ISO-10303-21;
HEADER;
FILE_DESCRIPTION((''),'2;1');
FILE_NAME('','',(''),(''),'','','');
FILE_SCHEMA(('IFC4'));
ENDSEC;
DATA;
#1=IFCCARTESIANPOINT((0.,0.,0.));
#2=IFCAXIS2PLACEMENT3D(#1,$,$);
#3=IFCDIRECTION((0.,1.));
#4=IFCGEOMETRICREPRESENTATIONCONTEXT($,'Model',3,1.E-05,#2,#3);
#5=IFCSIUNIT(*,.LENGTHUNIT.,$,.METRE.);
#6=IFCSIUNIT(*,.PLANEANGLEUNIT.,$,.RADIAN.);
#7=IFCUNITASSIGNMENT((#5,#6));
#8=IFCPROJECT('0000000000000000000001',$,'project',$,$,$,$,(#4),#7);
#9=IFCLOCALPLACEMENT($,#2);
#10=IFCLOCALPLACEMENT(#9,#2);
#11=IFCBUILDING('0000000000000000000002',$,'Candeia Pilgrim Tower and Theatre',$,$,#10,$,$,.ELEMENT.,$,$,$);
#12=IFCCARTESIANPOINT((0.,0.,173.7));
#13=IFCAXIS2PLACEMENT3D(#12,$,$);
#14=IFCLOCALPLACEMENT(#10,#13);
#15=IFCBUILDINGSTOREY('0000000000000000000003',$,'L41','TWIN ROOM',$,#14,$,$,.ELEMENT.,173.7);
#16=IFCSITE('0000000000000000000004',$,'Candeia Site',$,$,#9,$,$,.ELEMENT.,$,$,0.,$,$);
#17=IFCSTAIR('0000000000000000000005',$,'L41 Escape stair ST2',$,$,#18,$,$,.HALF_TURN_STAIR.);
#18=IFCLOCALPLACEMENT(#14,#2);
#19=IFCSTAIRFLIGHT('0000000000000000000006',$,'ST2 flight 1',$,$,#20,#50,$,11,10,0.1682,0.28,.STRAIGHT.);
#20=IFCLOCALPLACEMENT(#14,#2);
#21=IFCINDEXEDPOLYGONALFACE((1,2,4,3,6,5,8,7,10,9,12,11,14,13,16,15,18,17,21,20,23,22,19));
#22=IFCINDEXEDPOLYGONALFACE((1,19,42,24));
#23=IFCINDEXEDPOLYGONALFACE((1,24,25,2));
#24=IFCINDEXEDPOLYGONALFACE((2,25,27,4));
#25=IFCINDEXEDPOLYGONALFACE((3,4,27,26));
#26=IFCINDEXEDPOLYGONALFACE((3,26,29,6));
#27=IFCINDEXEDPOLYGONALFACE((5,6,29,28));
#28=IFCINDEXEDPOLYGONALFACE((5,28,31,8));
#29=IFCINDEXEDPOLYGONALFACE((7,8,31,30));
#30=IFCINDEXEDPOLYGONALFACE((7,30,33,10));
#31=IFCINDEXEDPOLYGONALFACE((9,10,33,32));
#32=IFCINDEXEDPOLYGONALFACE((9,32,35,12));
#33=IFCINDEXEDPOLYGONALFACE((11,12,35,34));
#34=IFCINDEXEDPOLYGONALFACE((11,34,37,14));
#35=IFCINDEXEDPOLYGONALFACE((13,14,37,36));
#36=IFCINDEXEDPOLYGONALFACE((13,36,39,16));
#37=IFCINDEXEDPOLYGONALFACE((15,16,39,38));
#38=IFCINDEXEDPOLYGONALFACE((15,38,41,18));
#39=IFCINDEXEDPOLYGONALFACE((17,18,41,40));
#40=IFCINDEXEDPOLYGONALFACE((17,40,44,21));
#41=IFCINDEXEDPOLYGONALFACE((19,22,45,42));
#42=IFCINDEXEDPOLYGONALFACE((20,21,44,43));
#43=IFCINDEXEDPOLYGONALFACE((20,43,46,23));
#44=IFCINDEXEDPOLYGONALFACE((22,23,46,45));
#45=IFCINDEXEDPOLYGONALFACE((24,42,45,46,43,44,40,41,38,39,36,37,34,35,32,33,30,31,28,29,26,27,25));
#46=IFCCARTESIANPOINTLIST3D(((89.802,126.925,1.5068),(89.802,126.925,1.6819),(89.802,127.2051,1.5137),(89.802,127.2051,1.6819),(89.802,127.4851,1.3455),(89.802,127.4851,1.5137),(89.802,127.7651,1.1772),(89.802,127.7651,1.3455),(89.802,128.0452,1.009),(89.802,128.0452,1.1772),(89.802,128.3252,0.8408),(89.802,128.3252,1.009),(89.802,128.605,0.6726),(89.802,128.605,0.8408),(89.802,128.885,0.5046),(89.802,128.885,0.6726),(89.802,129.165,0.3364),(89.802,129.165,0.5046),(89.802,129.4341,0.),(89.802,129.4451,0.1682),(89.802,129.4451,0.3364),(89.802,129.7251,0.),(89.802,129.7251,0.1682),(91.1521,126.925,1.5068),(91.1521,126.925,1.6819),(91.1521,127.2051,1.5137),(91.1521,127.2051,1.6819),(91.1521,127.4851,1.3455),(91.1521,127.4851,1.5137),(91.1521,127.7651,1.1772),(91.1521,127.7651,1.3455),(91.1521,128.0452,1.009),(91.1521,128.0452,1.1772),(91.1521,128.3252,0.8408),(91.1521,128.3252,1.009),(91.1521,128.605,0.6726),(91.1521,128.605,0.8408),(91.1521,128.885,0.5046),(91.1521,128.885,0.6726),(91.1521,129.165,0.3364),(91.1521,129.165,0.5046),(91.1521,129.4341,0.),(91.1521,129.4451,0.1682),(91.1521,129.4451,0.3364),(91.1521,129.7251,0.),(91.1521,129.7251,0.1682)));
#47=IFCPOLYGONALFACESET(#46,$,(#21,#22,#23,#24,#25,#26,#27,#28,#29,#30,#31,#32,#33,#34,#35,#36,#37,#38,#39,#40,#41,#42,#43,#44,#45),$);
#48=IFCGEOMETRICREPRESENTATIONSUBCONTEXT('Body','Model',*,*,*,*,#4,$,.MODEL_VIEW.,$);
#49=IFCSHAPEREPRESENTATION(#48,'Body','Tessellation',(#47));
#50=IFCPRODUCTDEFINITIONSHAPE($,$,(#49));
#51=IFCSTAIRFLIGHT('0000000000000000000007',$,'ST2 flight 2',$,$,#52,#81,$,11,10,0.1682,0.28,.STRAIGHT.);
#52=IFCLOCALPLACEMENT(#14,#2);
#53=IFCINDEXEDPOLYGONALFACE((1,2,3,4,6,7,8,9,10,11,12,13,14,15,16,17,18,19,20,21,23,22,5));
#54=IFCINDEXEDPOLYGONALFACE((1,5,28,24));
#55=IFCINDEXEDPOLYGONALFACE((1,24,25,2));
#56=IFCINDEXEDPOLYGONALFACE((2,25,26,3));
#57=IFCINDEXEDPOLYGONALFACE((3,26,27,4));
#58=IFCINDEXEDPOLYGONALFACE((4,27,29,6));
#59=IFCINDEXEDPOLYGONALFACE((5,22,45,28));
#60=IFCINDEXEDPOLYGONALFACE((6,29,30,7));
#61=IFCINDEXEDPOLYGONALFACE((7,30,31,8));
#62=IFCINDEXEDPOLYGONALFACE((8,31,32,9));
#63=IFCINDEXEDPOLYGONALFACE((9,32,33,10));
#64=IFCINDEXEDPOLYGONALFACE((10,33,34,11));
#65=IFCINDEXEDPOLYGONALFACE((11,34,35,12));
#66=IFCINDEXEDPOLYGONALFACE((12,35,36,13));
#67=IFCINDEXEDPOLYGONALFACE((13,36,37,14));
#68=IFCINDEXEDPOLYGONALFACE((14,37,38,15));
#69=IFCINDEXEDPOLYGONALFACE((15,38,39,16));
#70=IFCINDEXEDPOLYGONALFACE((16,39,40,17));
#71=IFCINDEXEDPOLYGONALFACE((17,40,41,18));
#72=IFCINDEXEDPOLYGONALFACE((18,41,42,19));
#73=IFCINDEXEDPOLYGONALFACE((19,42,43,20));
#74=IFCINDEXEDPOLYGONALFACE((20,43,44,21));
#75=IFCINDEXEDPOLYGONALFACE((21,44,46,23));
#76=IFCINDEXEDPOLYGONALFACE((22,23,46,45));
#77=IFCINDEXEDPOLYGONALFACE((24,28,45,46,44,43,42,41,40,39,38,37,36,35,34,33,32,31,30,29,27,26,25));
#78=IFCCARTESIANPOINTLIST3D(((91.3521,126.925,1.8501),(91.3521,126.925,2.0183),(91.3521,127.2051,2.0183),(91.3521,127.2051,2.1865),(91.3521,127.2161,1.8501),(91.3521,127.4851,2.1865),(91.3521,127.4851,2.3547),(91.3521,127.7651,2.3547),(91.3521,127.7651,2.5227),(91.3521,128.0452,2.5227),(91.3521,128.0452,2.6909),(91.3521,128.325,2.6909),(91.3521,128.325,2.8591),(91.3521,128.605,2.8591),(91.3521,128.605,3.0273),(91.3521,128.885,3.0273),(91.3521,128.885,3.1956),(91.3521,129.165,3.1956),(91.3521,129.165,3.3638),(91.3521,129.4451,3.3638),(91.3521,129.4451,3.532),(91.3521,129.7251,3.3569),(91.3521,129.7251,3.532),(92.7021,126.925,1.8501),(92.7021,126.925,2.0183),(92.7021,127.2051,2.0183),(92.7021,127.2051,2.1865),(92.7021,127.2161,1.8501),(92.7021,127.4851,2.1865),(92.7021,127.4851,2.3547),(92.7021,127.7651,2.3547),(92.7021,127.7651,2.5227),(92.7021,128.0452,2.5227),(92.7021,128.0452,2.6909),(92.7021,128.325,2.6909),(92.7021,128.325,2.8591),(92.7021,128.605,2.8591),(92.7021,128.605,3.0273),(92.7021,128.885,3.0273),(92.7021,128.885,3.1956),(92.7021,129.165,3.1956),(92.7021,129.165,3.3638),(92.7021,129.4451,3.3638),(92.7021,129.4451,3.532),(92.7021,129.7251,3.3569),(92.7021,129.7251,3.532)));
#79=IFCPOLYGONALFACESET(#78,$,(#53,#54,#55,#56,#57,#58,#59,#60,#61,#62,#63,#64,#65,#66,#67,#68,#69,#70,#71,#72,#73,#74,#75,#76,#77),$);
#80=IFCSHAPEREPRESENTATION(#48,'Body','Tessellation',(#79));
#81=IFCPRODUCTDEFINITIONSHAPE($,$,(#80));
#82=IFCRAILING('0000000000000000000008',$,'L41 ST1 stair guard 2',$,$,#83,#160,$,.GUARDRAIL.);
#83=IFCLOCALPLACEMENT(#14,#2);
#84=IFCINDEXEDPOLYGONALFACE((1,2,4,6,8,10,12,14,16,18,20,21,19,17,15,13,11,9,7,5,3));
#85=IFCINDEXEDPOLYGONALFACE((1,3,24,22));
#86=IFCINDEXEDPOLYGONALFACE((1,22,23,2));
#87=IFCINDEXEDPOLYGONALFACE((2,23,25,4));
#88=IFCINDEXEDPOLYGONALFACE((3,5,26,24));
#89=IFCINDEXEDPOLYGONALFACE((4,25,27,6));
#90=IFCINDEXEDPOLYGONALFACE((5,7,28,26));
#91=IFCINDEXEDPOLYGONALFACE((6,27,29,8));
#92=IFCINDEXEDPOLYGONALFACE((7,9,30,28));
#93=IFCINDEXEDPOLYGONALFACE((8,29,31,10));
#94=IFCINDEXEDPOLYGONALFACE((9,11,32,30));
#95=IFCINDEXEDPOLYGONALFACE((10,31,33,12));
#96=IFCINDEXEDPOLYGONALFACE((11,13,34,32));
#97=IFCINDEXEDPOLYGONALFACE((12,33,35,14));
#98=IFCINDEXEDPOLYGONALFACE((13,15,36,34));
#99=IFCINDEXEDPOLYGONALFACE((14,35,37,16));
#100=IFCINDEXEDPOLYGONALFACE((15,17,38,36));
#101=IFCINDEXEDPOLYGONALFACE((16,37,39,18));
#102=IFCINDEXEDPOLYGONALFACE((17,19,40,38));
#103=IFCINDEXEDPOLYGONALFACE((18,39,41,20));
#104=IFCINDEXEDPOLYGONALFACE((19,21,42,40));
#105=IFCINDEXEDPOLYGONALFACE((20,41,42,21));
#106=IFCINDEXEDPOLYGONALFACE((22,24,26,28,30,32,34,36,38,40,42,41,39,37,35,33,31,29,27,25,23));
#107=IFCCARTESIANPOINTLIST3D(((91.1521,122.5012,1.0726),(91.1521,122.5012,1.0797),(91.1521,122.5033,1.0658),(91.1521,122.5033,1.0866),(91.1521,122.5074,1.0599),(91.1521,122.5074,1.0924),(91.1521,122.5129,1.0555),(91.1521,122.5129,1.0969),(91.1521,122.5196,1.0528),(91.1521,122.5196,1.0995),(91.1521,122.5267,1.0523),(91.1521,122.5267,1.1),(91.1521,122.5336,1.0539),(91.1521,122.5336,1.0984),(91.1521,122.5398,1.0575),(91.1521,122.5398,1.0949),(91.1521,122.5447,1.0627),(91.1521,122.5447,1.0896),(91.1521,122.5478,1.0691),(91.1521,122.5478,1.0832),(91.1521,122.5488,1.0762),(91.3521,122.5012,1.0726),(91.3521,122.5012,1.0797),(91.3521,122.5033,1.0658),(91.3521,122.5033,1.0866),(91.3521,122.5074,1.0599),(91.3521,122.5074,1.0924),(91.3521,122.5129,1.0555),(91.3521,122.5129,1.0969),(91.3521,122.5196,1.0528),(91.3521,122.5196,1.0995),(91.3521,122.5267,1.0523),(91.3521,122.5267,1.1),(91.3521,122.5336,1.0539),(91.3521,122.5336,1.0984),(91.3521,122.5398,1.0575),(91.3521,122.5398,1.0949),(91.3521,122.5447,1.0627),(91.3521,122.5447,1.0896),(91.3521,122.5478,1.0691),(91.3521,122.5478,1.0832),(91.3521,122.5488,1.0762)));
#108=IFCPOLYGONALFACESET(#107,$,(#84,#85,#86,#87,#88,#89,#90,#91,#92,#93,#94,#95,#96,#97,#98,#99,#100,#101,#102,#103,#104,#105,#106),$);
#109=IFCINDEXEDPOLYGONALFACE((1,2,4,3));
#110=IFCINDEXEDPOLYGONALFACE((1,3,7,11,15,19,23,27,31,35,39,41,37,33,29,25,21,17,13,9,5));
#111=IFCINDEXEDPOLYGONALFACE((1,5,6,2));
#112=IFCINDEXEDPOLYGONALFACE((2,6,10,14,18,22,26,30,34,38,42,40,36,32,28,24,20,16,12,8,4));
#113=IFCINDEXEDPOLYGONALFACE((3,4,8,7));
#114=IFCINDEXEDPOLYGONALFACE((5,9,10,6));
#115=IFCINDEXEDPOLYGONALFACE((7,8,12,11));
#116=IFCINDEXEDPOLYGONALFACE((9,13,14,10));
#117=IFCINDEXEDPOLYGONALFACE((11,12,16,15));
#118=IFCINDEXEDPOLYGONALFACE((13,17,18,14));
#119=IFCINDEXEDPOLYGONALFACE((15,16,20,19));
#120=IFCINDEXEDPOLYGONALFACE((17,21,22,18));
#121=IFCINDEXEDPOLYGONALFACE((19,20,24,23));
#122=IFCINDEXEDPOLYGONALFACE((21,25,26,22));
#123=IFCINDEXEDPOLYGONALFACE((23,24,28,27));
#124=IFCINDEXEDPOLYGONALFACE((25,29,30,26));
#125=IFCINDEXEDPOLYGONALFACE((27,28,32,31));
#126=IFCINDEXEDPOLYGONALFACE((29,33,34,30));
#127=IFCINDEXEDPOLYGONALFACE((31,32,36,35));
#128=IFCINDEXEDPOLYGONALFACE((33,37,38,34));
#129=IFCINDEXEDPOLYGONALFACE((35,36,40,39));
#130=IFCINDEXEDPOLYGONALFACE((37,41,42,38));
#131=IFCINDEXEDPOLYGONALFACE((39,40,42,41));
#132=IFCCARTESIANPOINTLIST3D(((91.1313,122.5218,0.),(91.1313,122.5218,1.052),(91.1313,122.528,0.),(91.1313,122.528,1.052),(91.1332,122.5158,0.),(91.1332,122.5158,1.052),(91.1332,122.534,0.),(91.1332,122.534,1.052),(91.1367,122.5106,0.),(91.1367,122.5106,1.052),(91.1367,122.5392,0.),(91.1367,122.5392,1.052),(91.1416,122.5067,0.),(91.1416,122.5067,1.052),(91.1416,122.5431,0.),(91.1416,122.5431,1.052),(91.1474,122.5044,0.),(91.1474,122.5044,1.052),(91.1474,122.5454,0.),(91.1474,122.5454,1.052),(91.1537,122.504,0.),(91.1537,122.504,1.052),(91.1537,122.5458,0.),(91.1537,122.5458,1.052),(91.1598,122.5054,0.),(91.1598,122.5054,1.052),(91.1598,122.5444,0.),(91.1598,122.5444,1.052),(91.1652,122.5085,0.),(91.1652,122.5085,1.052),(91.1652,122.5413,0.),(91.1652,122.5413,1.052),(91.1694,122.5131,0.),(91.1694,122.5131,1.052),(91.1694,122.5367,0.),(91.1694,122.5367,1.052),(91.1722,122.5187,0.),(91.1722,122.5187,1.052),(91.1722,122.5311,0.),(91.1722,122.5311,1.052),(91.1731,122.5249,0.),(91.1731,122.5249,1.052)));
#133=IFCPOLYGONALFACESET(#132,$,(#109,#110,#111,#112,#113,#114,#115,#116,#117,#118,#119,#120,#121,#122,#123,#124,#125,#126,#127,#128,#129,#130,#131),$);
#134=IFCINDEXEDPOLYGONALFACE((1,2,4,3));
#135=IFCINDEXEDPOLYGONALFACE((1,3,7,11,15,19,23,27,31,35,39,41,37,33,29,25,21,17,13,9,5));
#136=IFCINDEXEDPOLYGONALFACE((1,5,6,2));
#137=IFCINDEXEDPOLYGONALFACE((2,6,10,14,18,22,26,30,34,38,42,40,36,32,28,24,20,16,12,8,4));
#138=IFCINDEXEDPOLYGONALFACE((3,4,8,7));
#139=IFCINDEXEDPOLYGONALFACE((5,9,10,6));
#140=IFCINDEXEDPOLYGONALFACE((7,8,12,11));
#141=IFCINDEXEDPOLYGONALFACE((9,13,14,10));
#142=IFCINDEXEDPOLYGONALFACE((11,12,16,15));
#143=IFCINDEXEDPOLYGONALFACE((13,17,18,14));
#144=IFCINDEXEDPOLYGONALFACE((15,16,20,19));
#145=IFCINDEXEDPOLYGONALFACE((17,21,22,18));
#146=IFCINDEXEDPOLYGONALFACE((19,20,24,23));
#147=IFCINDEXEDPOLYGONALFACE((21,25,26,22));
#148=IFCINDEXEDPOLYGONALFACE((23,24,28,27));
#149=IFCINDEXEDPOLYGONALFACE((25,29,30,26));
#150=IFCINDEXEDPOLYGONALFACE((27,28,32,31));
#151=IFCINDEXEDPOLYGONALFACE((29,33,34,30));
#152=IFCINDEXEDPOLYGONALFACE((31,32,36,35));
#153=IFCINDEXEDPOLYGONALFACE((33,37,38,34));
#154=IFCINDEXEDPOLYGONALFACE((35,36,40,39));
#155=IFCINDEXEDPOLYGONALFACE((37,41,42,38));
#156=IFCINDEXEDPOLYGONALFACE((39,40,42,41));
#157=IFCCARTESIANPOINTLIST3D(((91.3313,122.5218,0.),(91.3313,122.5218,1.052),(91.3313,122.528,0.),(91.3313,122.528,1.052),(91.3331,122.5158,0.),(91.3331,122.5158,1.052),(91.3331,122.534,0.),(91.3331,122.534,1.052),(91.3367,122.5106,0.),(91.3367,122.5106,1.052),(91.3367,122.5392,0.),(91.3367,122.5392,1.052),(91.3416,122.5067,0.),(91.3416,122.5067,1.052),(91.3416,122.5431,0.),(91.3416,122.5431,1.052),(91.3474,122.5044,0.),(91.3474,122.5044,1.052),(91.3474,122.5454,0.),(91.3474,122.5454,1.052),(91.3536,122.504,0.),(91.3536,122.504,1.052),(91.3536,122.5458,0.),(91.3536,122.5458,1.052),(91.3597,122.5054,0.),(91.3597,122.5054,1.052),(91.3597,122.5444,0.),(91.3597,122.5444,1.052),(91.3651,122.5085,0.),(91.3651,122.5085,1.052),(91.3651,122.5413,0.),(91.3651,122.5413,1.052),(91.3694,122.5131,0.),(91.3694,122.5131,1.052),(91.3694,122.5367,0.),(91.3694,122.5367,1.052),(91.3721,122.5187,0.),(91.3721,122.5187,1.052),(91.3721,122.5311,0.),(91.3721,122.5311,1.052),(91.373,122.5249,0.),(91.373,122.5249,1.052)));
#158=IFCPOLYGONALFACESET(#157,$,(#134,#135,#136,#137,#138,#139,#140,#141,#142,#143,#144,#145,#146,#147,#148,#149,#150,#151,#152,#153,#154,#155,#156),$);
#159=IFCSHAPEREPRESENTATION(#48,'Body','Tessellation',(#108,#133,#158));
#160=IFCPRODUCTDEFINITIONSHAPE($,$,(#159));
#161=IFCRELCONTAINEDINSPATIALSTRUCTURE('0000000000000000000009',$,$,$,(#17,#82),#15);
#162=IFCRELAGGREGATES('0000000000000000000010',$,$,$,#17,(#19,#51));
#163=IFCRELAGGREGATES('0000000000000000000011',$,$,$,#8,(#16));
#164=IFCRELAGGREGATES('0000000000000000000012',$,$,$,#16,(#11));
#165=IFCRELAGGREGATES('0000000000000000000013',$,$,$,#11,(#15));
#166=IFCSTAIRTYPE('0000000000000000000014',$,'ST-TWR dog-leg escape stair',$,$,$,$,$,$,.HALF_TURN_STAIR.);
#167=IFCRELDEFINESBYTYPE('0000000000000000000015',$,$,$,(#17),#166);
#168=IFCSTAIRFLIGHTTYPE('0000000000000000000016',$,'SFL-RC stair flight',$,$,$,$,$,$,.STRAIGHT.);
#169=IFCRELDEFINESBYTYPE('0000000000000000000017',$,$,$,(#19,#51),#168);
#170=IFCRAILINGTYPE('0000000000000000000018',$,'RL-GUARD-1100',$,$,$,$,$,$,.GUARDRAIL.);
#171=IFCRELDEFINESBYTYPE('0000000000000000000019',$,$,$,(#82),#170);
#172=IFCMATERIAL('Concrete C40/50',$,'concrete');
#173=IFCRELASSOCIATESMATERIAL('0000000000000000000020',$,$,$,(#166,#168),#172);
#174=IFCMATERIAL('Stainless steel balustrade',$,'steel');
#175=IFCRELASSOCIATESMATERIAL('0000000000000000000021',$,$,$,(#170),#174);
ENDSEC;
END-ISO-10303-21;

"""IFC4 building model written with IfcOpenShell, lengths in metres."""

from ifc_helpers import new_model, si_unit, direction, frame, origin, origin_2d, place, context, subcontext, project, spatial, polyline, circle, outline, extrude, material, type_object, element, aggregate, save


model = new_model("IFC4")

# Units and contexts
model_context = context("Model", 3, precision=1e-05, world=origin(), true_north=direction((0.0, 1.0)))
body_context = subcontext(model_context, "Body", "Model", "MODEL_VIEW")
ifc_project = project(units=[si_unit("LENGTHUNIT", "METRE"), si_unit("PLANEANGLEUNIT", "RADIAN")], contexts=[model_context])

# Site, building, storey
site_placement = place(None, origin())
site = spatial("IfcSite", under=ifc_project, at=site_placement, Name="Candeia Site", CompositionType="ELEMENT", RefElevation=0.0)
building_placement = place(site_placement, origin())
building = spatial("IfcBuilding", under=site, at=building_placement, Name="Candeia Pilgrim Tower and Theatre", CompositionType="ELEMENT")
storey_placement = place(building_placement, frame((0.0, 0.0, 173.7)))
storey = spatial("IfcBuildingStorey", under=building, at=storey_placement, Name="L41", Description="TWIN ROOM", CompositionType="ELEMENT", Elevation=173.7)

# Shared definitions
ifc_material_1 = material(Name="Concrete C40/50", Category="concrete")

# Stair, stair flights
stair_type = type_object("IfcStairType", Name="ST-TWR dog-leg escape stair", PredefinedType="HALF_TURN_STAIR", material=ifc_material_1)
stair_flight_type = type_object("IfcStairFlightType", Name="SFL-RC stair flight", PredefinedType="STRAIGHT", material=ifc_material_1)
stair_1_placement = place(storey_placement, origin())
stair_1 = element("IfcStair", 1, at=stair_1_placement, inside=storey, type_object=stair_type, Name="L41 Escape stair ST2", PredefinedType="HALF_TURN_STAIR")
stair_flight_1_placement = place(storey_placement, frame((90.4771, 129.7251, 0.0), z_axis=(0.0, 0.0, 1.0), x_axis=(0.0, -1.0, 0.0)))
stair_flight_1 = element("IfcStairFlight", 2, at=stair_flight_1_placement, type_object=stair_flight_type, Name="ST2 flight 1", NumberOfRisers=11, NumberOfTreads=10, PredefinedType="STRAIGHT", RiserHeight=0.1682, TreadLength=0.28, context=body_context, shape_type="SweptSolid", body=[
    extrude(outline(polyline([(0.0, 0.0), (0.0, 0.1682), (0.28, 0.1682), (0.28, 0.3364), (0.5601, 0.3364), (0.5601, 0.5046), (0.8401, 0.5046), (0.8401, 0.6726), (1.1201, 0.6726), (1.1201, 0.8408), (1.3999, 0.8408), (1.3999, 1.009), (1.6799, 1.009), (1.6799, 1.1772), (1.96, 1.1772), (1.96, 1.3455), (2.24, 1.3455), (2.24, 1.5137), (2.52, 1.5137), (2.52, 1.6819), (2.8, 1.6819), (2.8, 1.8501), (2.8, 1.5068), (0.291, 0.0), (0.0, 0.0)])), frame((0.0, 0.675, 0.0), z_axis=(0.0, -1.0, 0.0), x_axis=(1.0, 0.0, 0.0)), (0.0, 0.0, 1.0), 1.3501),
])
stair_flight_2_placement = place(storey_placement, frame((92.0271, 126.925, 1.8501), z_axis=(0.0, 0.0, 1.0), x_axis=(0.0, 1.0, 0.0)))
stair_flight_2 = element("IfcStairFlight", 3, at=stair_flight_2_placement, type_object=stair_flight_type, Name="ST2 flight 2", NumberOfRisers=11, NumberOfTreads=10, PredefinedType="STRAIGHT", RiserHeight=0.1682, TreadLength=0.28, context=body_context, shape_type="SweptSolid", body=[
    extrude(outline(polyline([(0.0, 0.0), (0.0, 0.1682), (0.28, 0.1682), (0.28, 0.3364), (0.5601, 0.3364), (0.5601, 0.5046), (0.8401, 0.5046), (0.8401, 0.6726), (1.1201, 0.6726), (1.1201, 0.8408), (1.3999, 0.8408), (1.3999, 1.009), (1.6799, 1.009), (1.6799, 1.1772), (1.96, 1.1772), (1.96, 1.3455), (2.24, 1.3455), (2.24, 1.5137), (2.52, 1.5137), (2.52, 1.6819), (2.8, 1.6819), (2.8, 1.8501), (2.8, 1.5068), (0.291, 0.0), (0.0, 0.0)])), frame((0.0, 0.675, 0.0), z_axis=(0.0, -1.0, 0.0), x_axis=(1.0, 0.0, 0.0)), (0.0, 0.0, 1.0), 1.3501),
])
aggregate(stair_1, [stair_flight_1, stair_flight_2])

# Railing
ifc_material_2 = material(Name="Stainless steel balustrade", Category="steel")
railing_type_1 = type_object("IfcRailingType", Name="RL-GUARD-1100", PredefinedType="GUARDRAIL", material=ifc_material_2)
railing_1_placement = place(storey_placement, frame((91.1521, 122.5249, 0.0)))
element("IfcRailing", 4, at=railing_1_placement, inside=storey, type_object=railing_type_1, Name="L41 ST1 stair guard 2", PredefinedType="GUARDRAIL", context=body_context, shape_type="SweptSolid", body=[
    extrude(circle(Radius=0.0239, at=origin_2d()), frame((0.0, 0.0, 1.0762), z_axis=(1.0, 0.0, 0.0), x_axis=(0.0, 1.0, 0.0)), (0.0, 0.0, 1.0), 0.2),
    extrude(circle(Radius=0.021, at=origin_2d()), origin(), (0.0, 0.0, 1.0), 1.052),
    extrude(circle(Radius=0.021, at=origin_2d()), frame((0.2, 0.0, 0.0)), (0.0, 0.0, 1.0), 1.052),
])

save(model, "model.ifc")
